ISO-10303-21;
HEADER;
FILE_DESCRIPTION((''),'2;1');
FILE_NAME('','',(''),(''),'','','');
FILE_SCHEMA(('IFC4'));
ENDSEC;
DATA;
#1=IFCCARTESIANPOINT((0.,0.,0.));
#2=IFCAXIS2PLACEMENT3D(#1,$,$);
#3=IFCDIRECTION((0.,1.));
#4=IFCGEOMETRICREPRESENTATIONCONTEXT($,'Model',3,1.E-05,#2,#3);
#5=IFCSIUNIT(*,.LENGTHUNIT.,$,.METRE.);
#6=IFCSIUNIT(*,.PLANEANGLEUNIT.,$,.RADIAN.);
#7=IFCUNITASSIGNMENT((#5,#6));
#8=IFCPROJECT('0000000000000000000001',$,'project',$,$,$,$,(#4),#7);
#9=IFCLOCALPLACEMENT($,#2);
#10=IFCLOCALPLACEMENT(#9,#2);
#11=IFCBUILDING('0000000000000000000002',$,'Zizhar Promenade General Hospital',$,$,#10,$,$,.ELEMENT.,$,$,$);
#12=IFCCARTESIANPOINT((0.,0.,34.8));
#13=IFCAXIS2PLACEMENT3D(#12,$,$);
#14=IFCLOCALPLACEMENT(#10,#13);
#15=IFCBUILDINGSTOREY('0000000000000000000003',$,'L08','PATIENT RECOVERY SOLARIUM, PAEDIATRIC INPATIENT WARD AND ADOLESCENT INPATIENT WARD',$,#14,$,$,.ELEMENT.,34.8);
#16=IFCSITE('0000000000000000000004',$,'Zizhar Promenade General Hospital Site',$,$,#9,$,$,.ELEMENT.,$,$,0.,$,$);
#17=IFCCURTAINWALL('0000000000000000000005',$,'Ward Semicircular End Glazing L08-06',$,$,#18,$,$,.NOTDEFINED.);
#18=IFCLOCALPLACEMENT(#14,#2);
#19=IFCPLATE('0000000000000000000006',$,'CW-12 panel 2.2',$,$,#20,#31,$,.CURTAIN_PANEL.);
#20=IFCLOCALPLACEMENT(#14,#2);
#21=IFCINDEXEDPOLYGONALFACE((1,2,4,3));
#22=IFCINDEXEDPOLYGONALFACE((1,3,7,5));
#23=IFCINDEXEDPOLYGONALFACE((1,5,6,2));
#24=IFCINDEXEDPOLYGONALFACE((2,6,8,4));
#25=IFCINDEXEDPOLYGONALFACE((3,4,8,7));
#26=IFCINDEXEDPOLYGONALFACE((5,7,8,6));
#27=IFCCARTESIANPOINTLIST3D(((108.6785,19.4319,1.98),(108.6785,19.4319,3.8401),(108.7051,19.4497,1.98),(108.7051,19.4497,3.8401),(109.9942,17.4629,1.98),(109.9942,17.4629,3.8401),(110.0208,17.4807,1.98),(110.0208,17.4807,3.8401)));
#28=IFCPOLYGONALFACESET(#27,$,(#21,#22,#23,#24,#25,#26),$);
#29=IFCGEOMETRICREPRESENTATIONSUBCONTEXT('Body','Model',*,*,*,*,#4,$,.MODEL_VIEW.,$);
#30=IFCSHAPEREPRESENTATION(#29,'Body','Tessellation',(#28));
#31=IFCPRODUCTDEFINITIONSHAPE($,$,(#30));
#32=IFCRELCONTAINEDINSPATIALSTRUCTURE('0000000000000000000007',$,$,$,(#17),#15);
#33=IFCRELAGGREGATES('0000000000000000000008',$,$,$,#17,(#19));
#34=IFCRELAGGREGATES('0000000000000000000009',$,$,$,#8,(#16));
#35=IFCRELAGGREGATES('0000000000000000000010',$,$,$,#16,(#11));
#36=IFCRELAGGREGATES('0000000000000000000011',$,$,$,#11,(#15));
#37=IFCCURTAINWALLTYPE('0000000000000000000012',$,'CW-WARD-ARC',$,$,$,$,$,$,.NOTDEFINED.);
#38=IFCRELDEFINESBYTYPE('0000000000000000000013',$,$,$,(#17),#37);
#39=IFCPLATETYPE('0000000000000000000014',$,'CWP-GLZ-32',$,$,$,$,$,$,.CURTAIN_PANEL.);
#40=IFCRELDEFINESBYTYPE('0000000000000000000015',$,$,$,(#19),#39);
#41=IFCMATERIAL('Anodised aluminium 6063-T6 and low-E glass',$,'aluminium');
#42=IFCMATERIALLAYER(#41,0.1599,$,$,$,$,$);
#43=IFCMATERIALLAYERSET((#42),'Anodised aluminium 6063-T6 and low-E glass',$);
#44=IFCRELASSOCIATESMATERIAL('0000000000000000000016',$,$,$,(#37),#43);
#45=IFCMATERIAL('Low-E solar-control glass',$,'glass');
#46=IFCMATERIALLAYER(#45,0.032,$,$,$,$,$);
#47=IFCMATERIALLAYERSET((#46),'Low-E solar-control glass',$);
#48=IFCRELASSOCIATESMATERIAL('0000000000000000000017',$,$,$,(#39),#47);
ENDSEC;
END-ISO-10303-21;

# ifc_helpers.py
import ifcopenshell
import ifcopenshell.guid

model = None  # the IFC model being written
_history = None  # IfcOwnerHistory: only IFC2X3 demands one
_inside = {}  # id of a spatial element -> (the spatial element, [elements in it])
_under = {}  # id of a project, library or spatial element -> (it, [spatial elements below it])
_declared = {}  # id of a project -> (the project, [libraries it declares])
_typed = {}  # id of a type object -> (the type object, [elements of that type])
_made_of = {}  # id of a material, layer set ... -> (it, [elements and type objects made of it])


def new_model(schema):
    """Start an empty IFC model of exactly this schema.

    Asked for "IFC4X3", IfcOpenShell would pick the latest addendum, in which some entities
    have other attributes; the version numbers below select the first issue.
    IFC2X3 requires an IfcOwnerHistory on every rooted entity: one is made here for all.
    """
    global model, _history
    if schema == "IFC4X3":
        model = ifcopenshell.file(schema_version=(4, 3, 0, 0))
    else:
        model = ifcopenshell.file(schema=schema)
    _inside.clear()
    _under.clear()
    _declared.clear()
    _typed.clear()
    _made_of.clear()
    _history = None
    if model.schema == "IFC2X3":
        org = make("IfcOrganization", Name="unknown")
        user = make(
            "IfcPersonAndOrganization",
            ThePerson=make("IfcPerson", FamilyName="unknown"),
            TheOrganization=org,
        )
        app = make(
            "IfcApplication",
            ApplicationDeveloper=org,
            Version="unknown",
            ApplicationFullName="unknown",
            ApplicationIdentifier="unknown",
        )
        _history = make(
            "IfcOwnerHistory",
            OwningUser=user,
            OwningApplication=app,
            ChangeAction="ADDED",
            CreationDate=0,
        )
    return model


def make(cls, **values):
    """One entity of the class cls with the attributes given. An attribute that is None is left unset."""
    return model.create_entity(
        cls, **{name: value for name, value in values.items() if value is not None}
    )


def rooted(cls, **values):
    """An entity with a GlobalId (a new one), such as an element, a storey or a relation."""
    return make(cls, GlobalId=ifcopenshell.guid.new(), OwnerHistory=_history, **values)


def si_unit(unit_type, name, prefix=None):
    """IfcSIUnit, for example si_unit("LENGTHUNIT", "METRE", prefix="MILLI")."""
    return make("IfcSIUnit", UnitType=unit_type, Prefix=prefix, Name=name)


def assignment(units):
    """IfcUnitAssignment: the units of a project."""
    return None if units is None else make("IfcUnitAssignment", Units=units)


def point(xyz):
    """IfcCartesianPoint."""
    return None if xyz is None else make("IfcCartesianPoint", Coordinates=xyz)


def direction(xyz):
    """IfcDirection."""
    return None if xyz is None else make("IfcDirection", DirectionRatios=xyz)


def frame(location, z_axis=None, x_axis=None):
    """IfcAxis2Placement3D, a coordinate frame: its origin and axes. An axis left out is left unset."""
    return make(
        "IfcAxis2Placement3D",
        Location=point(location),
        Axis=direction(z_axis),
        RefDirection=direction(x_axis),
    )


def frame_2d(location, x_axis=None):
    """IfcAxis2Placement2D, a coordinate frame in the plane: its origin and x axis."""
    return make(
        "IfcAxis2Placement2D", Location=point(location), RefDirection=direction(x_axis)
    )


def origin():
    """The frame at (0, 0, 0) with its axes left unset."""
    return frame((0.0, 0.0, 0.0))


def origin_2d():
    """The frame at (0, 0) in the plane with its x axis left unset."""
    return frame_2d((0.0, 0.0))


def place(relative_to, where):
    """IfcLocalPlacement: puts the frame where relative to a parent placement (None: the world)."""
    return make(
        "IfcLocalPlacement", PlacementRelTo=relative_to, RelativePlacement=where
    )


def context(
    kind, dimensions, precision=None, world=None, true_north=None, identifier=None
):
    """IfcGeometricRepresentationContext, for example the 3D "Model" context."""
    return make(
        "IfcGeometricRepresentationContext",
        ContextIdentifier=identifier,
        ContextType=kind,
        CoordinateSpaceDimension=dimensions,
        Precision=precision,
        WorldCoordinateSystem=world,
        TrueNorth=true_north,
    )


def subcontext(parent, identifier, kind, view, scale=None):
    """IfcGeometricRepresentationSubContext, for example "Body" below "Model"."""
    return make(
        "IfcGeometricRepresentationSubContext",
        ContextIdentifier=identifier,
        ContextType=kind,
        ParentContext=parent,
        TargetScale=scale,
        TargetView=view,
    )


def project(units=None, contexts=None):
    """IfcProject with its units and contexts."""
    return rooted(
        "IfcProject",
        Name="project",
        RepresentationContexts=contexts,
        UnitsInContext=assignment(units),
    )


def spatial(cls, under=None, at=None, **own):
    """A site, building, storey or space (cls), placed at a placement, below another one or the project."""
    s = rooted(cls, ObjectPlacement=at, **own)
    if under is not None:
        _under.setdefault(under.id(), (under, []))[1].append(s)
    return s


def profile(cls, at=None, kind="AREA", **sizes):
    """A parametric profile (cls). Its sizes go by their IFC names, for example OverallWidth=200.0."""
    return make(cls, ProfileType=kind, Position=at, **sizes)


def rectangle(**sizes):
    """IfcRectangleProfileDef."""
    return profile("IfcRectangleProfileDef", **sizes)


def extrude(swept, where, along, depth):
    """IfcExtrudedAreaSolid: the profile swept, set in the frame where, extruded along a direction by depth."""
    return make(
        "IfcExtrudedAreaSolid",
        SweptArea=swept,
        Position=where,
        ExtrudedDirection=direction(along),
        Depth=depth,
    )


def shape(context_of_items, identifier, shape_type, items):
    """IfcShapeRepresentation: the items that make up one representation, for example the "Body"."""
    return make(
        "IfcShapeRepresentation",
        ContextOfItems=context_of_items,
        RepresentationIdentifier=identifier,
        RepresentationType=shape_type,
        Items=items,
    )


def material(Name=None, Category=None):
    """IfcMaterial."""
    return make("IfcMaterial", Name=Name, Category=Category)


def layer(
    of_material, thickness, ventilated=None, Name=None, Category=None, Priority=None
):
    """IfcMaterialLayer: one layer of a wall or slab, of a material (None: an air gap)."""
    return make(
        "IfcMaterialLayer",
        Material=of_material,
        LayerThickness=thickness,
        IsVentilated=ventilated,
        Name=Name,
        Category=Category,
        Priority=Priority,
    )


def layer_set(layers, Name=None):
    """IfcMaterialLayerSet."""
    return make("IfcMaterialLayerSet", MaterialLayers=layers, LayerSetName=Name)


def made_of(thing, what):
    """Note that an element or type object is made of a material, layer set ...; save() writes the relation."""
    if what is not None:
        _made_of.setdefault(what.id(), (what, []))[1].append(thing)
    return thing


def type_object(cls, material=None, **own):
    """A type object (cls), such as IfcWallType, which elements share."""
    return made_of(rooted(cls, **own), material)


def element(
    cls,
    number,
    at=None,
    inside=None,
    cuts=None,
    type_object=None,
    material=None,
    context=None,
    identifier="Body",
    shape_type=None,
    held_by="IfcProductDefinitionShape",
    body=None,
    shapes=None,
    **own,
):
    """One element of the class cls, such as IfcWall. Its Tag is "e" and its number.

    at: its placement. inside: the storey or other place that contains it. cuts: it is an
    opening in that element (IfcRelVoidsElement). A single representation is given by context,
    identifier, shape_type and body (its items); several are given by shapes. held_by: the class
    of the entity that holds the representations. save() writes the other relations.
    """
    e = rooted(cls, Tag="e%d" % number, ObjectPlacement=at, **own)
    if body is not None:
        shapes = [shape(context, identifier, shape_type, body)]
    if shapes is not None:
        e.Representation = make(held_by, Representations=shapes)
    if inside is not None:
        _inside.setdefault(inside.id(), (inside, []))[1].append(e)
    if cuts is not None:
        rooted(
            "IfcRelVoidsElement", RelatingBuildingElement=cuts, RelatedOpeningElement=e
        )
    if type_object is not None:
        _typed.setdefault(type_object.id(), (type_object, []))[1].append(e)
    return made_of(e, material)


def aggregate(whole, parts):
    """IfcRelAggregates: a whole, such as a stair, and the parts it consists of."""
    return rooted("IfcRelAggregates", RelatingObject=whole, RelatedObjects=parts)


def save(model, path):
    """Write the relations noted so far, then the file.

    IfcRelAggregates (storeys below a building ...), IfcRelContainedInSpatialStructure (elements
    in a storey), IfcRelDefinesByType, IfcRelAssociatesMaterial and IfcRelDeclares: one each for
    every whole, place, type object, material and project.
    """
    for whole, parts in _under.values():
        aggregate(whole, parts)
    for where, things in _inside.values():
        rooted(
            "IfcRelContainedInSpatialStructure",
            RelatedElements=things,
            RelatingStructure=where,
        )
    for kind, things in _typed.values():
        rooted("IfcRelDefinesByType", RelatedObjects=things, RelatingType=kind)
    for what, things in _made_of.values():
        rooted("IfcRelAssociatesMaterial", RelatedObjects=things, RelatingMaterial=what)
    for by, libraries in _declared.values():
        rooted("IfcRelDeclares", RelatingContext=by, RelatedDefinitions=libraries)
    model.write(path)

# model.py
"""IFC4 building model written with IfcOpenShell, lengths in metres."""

from ifc_helpers import new_model, si_unit, direction, frame, origin, origin_2d, place, context, subcontext, project, spatial, rectangle, extrude, material, layer, layer_set, type_object, element, aggregate, save


model = new_model("IFC4")

# Units and contexts
model_context = context("Model", 3, precision=1e-05, world=origin(), true_north=direction((0.0, 1.0)))
body_context = subcontext(model_context, "Body", "Model", "MODEL_VIEW")
ifc_project = project(units=[si_unit("LENGTHUNIT", "METRE"), si_unit("PLANEANGLEUNIT", "RADIAN")], contexts=[model_context])

# Site, building, storey
site_placement = place(None, origin())
site = spatial("IfcSite", under=ifc_project, at=site_placement, Name="Zizhar Promenade General Hospital Site", CompositionType="ELEMENT", RefElevation=0.0)
building_placement = place(site_placement, origin())
building = spatial("IfcBuilding", under=site, at=building_placement, Name="Zizhar Promenade General Hospital", CompositionType="ELEMENT")
storey_placement = place(building_placement, frame((0.0, 0.0, 34.8)))
storey = spatial("IfcBuildingStorey", under=building, at=storey_placement, Name="L08", Description="PATIENT RECOVERY SOLARIUM, PAEDIATRIC INPATIENT WARD AND ADOLESCENT INPATIENT WARD", CompositionType="ELEMENT", Elevation=34.8)

# Curtain wall
ifc_material_1 = material(Name="Anodised aluminium 6063-T6 and low-E glass", Category="aluminium")
ifc_layer_1 = layer(ifc_material_1, 0.1599)
ifc_layer_set_1 = layer_set([ifc_layer_1], Name="Anodised aluminium 6063-T6 and low-E glass")
curtain_wall_type = type_object("IfcCurtainWallType", Name="CW-WARD-ARC", PredefinedType="NOTDEFINED", material=ifc_layer_set_1)
curtain_wall_1_placement = place(storey_placement, origin())
curtain_wall_1 = element("IfcCurtainWall", 1, at=curtain_wall_1_placement, inside=storey, type_object=curtain_wall_type, Name="Ward Semicircular End Glazing L08-06", PredefinedType="NOTDEFINED")

# Plate
ifc_material_2 = material(Name="Low-E solar-control glass", Category="glass")
ifc_layer_2 = layer(ifc_material_2, 0.032)
ifc_layer_set_2 = layer_set([ifc_layer_2], Name="Low-E solar-control glass")
plate_type = type_object("IfcPlateType", Name="CWP-GLZ-32", PredefinedType="CURTAIN_PANEL", material=ifc_layer_set_2)
plate_1_placement = place(storey_placement, frame((109.3496, 18.4563, 1.98), z_axis=(0.0, 0.0, 1.0), x_axis=(0.555582, -0.831462, 0.0)))
plate_1 = element("IfcPlate", 2, at=plate_1_placement, type_object=plate_type, Name="CW-12 panel 2.2", PredefinedType="CURTAIN_PANEL", context=body_context, shape_type="SweptSolid", body=[
    extrude(rectangle(XDim=2.3682, YDim=0.032, at=origin_2d()), origin(), (0.0, 0.0, 1.0), 1.8601),
])
aggregate(curtain_wall_1, [plate_1])

save(model, "model.ifc")
